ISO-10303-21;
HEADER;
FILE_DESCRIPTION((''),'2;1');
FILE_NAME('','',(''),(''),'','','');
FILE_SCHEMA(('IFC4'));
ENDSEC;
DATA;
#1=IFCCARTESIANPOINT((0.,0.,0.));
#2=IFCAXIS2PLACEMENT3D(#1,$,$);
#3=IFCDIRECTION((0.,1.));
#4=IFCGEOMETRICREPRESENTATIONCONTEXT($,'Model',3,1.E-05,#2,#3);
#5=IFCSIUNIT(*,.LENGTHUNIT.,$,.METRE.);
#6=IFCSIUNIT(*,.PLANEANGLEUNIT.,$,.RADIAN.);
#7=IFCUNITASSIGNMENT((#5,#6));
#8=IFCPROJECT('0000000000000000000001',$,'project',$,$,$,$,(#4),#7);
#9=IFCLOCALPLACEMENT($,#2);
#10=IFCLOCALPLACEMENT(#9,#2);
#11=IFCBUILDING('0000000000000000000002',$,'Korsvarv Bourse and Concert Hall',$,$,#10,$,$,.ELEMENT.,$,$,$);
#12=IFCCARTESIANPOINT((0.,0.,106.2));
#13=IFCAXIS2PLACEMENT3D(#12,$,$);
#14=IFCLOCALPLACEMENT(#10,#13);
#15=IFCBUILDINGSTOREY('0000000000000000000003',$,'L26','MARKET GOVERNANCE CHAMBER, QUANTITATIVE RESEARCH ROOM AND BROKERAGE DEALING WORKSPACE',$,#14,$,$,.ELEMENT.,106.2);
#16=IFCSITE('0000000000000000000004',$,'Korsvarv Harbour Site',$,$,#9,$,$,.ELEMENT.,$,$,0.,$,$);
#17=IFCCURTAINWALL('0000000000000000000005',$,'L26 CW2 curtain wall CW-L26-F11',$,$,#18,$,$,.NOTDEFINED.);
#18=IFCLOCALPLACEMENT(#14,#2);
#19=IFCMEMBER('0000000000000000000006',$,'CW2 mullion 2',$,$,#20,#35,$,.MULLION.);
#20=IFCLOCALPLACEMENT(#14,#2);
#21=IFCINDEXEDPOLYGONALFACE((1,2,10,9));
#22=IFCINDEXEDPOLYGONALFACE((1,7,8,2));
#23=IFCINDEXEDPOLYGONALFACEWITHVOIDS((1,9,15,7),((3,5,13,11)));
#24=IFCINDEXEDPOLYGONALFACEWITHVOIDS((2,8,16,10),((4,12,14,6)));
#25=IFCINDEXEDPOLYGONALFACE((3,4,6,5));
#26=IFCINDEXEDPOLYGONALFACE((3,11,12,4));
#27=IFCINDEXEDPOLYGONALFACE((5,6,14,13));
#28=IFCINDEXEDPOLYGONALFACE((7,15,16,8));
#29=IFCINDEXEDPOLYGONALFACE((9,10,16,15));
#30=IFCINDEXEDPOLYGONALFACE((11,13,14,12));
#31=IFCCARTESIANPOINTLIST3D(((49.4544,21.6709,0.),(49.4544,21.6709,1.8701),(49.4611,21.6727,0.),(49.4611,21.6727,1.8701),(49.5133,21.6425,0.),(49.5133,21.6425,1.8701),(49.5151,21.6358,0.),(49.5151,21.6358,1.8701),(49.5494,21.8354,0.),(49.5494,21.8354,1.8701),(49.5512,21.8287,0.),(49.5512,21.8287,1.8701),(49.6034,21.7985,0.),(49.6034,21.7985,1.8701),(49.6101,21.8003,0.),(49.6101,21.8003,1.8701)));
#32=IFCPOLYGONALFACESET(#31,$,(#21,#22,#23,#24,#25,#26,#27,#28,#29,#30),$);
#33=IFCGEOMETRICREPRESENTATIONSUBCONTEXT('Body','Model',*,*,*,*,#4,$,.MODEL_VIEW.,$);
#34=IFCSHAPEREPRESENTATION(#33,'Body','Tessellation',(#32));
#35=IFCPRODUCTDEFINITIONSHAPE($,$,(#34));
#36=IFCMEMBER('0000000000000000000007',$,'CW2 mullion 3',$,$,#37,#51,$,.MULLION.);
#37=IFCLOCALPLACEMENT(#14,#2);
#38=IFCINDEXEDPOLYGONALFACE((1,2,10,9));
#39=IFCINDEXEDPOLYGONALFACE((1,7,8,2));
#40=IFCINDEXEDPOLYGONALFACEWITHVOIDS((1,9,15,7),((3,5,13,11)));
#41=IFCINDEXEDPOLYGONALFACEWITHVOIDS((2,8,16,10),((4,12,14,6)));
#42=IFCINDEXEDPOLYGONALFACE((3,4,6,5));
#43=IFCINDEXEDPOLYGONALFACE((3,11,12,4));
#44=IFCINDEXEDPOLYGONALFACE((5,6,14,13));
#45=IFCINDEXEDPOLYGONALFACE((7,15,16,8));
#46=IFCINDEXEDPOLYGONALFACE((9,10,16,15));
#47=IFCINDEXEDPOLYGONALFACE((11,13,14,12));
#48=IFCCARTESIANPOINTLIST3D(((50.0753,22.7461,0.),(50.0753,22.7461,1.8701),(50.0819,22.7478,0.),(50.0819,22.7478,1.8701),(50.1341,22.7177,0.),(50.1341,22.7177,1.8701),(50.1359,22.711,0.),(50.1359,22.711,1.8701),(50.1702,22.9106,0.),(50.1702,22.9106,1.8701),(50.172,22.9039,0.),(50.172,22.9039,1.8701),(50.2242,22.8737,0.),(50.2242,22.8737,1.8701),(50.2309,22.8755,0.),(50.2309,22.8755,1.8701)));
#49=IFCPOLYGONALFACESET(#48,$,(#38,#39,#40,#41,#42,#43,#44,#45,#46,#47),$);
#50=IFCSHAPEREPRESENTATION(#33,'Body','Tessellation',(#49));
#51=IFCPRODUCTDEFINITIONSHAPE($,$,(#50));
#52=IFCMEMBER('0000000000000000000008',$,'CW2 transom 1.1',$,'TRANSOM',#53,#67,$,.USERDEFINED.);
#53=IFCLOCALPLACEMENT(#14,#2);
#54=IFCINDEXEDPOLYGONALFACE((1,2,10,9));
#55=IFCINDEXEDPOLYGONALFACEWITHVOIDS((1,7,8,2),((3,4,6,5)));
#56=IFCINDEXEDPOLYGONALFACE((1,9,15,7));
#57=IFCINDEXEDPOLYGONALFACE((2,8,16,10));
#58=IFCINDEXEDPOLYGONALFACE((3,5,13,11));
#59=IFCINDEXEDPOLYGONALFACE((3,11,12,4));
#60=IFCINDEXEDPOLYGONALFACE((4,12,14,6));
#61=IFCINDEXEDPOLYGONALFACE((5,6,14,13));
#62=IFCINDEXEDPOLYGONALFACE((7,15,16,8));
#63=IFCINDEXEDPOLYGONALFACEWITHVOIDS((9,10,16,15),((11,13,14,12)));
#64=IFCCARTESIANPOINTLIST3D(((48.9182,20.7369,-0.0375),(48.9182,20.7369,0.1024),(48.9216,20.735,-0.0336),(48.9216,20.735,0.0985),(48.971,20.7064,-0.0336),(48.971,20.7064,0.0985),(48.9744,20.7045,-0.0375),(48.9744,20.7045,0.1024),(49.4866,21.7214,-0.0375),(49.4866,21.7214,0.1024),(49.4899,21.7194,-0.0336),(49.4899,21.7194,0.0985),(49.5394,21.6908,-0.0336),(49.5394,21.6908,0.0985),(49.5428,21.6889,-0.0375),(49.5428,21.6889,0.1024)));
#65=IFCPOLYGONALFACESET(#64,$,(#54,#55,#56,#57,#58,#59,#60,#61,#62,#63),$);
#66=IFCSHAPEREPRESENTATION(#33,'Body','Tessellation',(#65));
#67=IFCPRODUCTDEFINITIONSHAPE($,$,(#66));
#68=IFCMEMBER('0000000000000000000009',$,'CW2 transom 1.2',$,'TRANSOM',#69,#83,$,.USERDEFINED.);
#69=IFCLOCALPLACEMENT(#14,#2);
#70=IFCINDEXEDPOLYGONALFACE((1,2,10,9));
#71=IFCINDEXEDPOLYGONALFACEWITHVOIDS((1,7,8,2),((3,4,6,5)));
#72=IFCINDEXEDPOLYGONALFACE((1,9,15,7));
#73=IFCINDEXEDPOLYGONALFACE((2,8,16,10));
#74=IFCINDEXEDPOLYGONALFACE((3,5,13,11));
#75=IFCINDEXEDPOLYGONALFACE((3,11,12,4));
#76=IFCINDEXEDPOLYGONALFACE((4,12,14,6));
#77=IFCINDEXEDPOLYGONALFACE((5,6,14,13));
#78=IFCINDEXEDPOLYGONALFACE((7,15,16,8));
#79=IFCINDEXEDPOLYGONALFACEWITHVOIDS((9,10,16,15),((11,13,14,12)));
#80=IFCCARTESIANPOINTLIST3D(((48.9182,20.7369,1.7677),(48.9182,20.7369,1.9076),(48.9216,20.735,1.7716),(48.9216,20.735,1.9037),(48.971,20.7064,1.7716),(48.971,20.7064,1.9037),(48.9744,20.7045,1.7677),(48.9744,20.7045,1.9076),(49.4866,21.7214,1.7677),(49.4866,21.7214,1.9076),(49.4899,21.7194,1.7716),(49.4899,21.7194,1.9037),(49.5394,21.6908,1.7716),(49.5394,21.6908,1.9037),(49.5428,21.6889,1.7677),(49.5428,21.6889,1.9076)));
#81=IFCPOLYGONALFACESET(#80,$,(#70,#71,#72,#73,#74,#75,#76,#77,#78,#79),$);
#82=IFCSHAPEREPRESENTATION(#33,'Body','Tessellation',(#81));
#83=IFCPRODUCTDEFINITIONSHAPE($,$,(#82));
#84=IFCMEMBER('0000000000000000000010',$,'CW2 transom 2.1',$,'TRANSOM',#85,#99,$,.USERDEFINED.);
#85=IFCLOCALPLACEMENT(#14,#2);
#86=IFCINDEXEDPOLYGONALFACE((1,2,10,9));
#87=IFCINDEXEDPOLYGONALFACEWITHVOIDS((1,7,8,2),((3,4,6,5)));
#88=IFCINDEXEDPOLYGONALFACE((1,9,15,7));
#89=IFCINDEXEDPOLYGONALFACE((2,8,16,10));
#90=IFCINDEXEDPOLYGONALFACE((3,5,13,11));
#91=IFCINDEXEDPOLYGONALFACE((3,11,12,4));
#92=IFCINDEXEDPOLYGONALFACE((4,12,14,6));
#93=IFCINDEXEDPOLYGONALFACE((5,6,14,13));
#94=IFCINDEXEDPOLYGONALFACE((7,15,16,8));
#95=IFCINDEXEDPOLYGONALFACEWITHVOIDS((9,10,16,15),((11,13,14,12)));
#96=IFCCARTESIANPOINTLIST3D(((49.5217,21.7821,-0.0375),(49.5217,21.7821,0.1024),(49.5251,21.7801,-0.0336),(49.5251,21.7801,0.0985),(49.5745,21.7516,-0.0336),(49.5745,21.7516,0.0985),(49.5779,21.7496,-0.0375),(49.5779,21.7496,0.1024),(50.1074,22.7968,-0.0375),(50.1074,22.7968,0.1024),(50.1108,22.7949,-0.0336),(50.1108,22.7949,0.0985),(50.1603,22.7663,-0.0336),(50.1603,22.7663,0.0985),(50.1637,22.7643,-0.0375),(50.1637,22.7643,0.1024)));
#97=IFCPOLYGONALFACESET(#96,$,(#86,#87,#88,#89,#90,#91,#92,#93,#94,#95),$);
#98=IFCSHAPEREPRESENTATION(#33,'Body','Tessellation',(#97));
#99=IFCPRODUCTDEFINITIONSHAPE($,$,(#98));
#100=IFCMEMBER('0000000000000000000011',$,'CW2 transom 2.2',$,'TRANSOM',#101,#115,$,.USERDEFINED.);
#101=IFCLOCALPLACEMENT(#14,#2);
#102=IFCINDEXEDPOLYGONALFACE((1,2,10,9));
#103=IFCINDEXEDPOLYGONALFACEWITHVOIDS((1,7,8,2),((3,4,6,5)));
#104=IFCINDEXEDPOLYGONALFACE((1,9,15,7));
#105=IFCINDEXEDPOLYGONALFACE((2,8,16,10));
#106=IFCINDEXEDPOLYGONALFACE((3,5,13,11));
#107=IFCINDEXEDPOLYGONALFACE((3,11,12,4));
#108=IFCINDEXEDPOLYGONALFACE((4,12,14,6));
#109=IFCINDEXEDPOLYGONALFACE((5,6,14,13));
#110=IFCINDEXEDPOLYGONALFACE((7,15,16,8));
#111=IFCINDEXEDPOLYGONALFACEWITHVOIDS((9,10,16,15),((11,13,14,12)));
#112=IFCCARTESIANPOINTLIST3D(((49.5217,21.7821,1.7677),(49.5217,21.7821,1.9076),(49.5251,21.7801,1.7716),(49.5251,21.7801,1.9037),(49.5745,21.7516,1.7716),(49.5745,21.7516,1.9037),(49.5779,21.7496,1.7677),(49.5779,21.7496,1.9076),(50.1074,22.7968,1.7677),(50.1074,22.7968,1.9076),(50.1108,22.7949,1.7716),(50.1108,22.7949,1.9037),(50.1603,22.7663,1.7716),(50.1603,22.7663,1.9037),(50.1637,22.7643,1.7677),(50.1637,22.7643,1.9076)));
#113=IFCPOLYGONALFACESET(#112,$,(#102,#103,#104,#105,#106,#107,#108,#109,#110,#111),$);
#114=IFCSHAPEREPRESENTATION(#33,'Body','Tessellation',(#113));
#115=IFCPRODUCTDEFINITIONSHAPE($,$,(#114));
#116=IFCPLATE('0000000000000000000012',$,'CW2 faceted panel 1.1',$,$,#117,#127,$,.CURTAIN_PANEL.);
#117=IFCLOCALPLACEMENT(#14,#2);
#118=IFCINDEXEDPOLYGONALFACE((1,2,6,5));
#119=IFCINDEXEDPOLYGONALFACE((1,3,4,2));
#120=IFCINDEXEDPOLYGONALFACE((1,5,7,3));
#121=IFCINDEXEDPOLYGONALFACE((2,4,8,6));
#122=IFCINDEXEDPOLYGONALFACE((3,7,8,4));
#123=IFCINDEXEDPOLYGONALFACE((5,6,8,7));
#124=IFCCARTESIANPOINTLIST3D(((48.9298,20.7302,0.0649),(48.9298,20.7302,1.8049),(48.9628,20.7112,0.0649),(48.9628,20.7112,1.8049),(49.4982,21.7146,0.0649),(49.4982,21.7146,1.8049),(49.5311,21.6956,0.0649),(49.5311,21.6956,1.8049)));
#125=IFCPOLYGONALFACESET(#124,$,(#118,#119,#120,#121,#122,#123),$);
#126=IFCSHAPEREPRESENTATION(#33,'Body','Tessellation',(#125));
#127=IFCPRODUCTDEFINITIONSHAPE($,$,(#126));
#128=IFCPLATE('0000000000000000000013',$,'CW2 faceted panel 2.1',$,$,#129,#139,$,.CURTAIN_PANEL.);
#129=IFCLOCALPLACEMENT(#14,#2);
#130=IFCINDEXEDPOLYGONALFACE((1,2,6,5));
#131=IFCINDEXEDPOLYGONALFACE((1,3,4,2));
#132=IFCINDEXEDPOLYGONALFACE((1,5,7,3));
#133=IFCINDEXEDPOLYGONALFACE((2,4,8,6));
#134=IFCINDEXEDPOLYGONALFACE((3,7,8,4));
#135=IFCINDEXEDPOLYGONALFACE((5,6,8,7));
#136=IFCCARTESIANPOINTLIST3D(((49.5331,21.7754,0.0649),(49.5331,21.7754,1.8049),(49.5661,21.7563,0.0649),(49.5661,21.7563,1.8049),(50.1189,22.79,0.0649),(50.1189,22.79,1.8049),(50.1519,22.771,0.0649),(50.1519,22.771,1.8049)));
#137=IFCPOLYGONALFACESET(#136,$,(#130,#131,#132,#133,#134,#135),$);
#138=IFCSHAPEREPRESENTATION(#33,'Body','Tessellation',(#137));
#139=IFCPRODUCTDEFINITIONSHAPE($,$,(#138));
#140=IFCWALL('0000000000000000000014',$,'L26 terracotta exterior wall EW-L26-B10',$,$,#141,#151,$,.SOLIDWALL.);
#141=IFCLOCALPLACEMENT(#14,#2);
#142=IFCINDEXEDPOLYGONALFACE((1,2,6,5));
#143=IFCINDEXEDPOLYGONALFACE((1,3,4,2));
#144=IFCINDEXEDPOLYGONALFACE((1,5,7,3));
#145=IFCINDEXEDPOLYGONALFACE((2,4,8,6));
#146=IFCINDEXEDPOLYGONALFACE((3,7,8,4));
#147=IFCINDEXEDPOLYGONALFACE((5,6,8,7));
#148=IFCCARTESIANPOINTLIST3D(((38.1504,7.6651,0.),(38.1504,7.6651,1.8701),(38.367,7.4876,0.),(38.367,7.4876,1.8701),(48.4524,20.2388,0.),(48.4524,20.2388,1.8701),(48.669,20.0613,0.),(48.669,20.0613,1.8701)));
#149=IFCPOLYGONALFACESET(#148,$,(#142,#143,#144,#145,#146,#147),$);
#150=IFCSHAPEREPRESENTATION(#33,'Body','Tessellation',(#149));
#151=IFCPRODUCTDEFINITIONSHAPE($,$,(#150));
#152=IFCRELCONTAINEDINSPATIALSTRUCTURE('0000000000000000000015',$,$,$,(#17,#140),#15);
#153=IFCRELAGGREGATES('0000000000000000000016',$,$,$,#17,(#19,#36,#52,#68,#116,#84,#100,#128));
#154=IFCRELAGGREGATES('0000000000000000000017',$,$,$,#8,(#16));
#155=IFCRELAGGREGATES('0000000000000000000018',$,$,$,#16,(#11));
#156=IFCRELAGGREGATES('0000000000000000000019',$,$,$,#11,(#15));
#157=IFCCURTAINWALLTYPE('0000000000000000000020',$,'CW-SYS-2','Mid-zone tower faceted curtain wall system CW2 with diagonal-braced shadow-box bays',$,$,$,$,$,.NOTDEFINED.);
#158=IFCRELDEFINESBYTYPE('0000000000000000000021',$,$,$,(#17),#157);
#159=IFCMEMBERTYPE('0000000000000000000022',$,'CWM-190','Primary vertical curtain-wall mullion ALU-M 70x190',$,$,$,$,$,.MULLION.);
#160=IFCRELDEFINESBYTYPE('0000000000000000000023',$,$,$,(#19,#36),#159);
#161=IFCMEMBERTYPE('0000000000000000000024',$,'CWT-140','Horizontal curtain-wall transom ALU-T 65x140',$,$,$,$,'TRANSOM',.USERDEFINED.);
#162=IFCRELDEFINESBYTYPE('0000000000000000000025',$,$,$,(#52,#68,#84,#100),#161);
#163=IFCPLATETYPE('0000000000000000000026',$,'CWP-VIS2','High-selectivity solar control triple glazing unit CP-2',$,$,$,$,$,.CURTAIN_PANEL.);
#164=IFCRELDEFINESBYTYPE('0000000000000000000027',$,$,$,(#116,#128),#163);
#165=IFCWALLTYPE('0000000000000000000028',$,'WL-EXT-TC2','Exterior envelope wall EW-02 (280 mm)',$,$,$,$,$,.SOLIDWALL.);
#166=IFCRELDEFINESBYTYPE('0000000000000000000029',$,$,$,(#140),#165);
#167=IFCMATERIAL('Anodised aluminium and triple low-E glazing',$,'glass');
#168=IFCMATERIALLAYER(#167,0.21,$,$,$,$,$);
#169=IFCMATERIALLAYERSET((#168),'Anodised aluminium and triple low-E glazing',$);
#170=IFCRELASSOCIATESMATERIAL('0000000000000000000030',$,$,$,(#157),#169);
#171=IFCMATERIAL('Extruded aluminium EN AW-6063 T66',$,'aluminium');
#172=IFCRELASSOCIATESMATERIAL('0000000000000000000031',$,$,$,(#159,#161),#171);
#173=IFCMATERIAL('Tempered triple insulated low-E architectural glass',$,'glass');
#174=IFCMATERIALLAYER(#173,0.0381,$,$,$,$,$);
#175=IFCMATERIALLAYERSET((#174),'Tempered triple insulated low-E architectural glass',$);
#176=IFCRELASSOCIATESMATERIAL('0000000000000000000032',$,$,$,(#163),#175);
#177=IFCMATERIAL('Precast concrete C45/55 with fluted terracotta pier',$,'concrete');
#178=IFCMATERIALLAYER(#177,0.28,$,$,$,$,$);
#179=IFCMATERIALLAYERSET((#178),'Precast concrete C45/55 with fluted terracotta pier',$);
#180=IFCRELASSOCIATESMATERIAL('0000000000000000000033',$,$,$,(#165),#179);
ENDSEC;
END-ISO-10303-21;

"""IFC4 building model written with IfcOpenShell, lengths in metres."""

from ifc_helpers import new_model, si_unit, direction, frame, frame_2d, origin, origin_2d, place, context, subcontext, project, spatial, rectangle, hollow_rectangle, extrude, source, transform, mapped, material, layer, layer_set, material_profile, profile_set, type_object, element, aggregate, save


model = new_model("IFC4")

# Units and contexts
model_context = context("Model", 3, precision=1e-05, world=origin(), true_north=direction((0.0, 1.0)))
body_context = subcontext(model_context, "Body", "Model", "MODEL_VIEW")
ifc_project = project(units=[si_unit("LENGTHUNIT", "METRE"), si_unit("PLANEANGLEUNIT", "RADIAN")], contexts=[model_context])

# Site, building, storey
site_placement = place(None, origin())
site = spatial("IfcSite", under=ifc_project, at=site_placement, Name="Korsvarv Harbour Site", CompositionType="ELEMENT", RefElevation=0.0)
building_placement = place(site_placement, origin())
building = spatial("IfcBuilding", under=site, at=building_placement, Name="Korsvarv Bourse and Concert Hall", CompositionType="ELEMENT")
storey_placement = place(building_placement, frame((0.0, 0.0, 106.2)))
storey = spatial("IfcBuildingStorey", under=building, at=storey_placement, Name="L26", Description="MARKET GOVERNANCE CHAMBER, QUANTITATIVE RESEARCH ROOM AND BROKERAGE DEALING WORKSPACE", CompositionType="ELEMENT", Elevation=106.2)

# Curtain wall, members, plates
ifc_material_1 = material(Name="Anodised aluminium and triple low-E glazing", Category="glass")
ifc_layer_1 = layer(ifc_material_1, 0.21)
ifc_layer_set_1 = layer_set([ifc_layer_1], Name="Anodised aluminium and triple low-E glazing")
curtain_wall_type = type_object("IfcCurtainWallType", Name="CW-SYS-2", Description="Mid-zone tower faceted curtain wall system CW2 with diagonal-braced shadow-box bays", PredefinedType="NOTDEFINED", material=ifc_layer_set_1)
curtain_wall_placement = place(storey_placement, origin())
curtain_wall = element("IfcCurtainWall", 1, at=curtain_wall_placement, inside=storey, type_object=curtain_wall_type, Name="L26 CW2 curtain wall CW-L26-F11", PredefinedType="NOTDEFINED")
ifc_material_2 = material(Name="Extruded aluminium EN AW-6063 T66", Category="aluminium")
ifc_material_profile_1 = material_profile(ifc_material_2, hollow_rectangle(XDim=0.0701, YDim=0.1899, WallThickness=0.0049, at=origin_2d()), Name="ALU-M 70x190")
ifc_profile_set_1 = profile_set([ifc_material_profile_1], Name="Extruded aluminium EN AW-6063 T66")
member_type_1 = type_object("IfcMemberType", Name="CWM-190", Description="Primary vertical curtain-wall mullion ALU-M 70x190", PredefinedType="MULLION", material=ifc_profile_set_1)
shared_shape_1 = source(origin(), body_context, "Body", "SweptSolid", [
    extrude(hollow_rectangle(XDim=0.0701, YDim=0.1899, WallThickness=0.0049, at=origin_2d()), origin(), (0.0, 0.0, 1.0), 1.8701),
])
member_1_placement = place(storey_placement, frame((49.5322, 21.7356, 0.0), z_axis=(0.0, 0.0, 1.0), x_axis=(-0.866024, 0.500002, 0.0)))
member_1 = element("IfcMember", 2, at=member_1_placement, type_object=member_type_1, Name="CW2 mullion 2", PredefinedType="MULLION", context=body_context, shape_type="MappedRepresentation", body=[
    mapped(shared_shape_1, transform((0.0, 0.0, 0.0), scale=1.0)),
])
member_2_placement = place(storey_placement, frame((50.1531, 22.8108, 0.0), z_axis=(0.0, 0.0, 1.0), x_axis=(-0.866024, 0.500002, 0.0)))
member_2 = element("IfcMember", 3, at=member_2_placement, type_object=member_type_1, Name="CW2 mullion 3", PredefinedType="MULLION", context=body_context, shape_type="MappedRepresentation", body=[
    mapped(shared_shape_1, transform((0.0, 0.0, 0.0), scale=1.0)),
])
ifc_material_profile_2 = material_profile(ifc_material_2, hollow_rectangle(XDim=0.0649, YDim=0.1399, WallThickness=0.0039, at=origin_2d()), Name="ALU-T 65x140")
ifc_profile_set_2 = profile_set([ifc_material_profile_2], Name="Extruded aluminium EN AW-6063 T66")
member_type_2 = type_object("IfcMemberType", Name="CWT-140", Description="Horizontal curtain-wall transom ALU-T 65x140", ElementType="TRANSOM", PredefinedType="USERDEFINED", material=ifc_profile_set_2)
shared_shape_2 = source(origin(), body_context, "Body", "SweptSolid", [
    extrude(hollow_rectangle(XDim=0.0649, YDim=0.1399, WallThickness=0.0039, at=origin_2d()), origin(), (0.0, 0.0, 1.0), 1.1367),
])
member_3_placement = place(storey_placement, frame((48.9463, 20.7207, 0.0325), z_axis=(0.50002, 0.866014, 0.0), x_axis=(-0.866014, 0.50002, 0.0)))
member_3 = element("IfcMember", 4, at=member_3_placement, type_object=member_type_2, Name="CW2 transom 1.1", ObjectType="TRANSOM", PredefinedType="USERDEFINED", context=body_context, shape_type="MappedRepresentation", body=[
    mapped(shared_shape_2, transform((0.0, 0.0, 0.0), scale=1.0)),
])
member_4_placement = place(storey_placement, frame((48.9463, 20.7207, 1.8376), z_axis=(0.50002, 0.866014, 0.0), x_axis=(-0.866014, 0.50002, 0.0)))
member_4 = element("IfcMember", 5, at=member_4_placement, type_object=member_type_2, Name="CW2 transom 1.2", ObjectType="TRANSOM", PredefinedType="USERDEFINED", context=body_context, shape_type="MappedRepresentation", body=[
    mapped(shared_shape_2, transform((0.0, 0.0, 0.0), scale=1.0)),
])
shared_shape_3 = source(origin(), body_context, "Body", "SweptSolid", [
    extrude(hollow_rectangle(XDim=0.0649, YDim=0.1399, WallThickness=0.0039, at=origin_2d()), origin(), (0.0, 0.0, 1.0), 1.1716),
])
member_5_placement = place(storey_placement, frame((49.5498, 21.7659, 0.0325), z_axis=(0.499927, 0.866068, 0.0), x_axis=(-0.866068, 0.499927, 0.0)))
member_5 = element("IfcMember", 6, at=member_5_placement, type_object=member_type_2, Name="CW2 transom 2.1", ObjectType="TRANSOM", PredefinedType="USERDEFINED", context=body_context, shape_type="MappedRepresentation", body=[
    mapped(shared_shape_3, transform((0.0, 0.0, 0.0), scale=1.0)),
])
member_6_placement = place(storey_placement, frame((49.5498, 21.7659, 1.8376), z_axis=(0.499927, 0.866068, 0.0), x_axis=(-0.866068, 0.499927, 0.0)))
member_6 = element("IfcMember", 7, at=member_6_placement, type_object=member_type_2, Name="CW2 transom 2.2", ObjectType="TRANSOM", PredefinedType="USERDEFINED", context=body_context, shape_type="MappedRepresentation", body=[
    mapped(shared_shape_3, transform((0.0, 0.0, 0.0), scale=1.0)),
])
ifc_material_3 = material(Name="Tempered triple insulated low-E architectural glass", Category="glass")
ifc_layer_2 = layer(ifc_material_3, 0.0381)
ifc_layer_set_2 = layer_set([ifc_layer_2], Name="Tempered triple insulated low-E architectural glass")
plate_type = type_object("IfcPlateType", Name="CWP-VIS2", Description="High-selectivity solar control triple glazing unit CP-2", PredefinedType="CURTAIN_PANEL", material=ifc_layer_set_2)
shared_shape_4 = source(origin(), body_context, "Body", "SweptSolid", [
    extrude(rectangle(XDim=1.1367, YDim=0.0381, at=origin_2d()), origin(), (0.0, 0.0, 1.0), 1.74),
])
plate_1_placement = place(storey_placement, frame((49.2305, 21.2129, 0.0649), z_axis=(0.0, 0.0, 1.0), x_axis=(0.500002, 0.866024, 0.0)))
plate_1 = element("IfcPlate", 8, at=plate_1_placement, type_object=plate_type, Name="CW2 faceted panel 1.1", PredefinedType="CURTAIN_PANEL", context=body_context, shape_type="MappedRepresentation", body=[
    mapped(shared_shape_4, transform((0.0, 0.0, 0.0), scale=1.0)),
])
shared_shape_5 = source(origin(), body_context, "Body", "SweptSolid", [
    extrude(rectangle(XDim=1.1716, YDim=0.0381, at=origin_2d()), origin(), (0.0, 0.0, 1.0), 1.74),
])
plate_2_placement = place(storey_placement, frame((49.8425, 22.2732, 0.0649), z_axis=(0.0, 0.0, 1.0), x_axis=(0.500002, 0.866024, 0.0)))
plate_2 = element("IfcPlate", 9, at=plate_2_placement, type_object=plate_type, Name="CW2 faceted panel 2.1", PredefinedType="CURTAIN_PANEL", context=body_context, shape_type="MappedRepresentation", body=[
    mapped(shared_shape_5, transform((0.0, 0.0, 0.0), scale=1.0)),
])
aggregate(curtain_wall, [member_1, member_2, member_3, member_4, plate_1, member_5, member_6, plate_2])

# Wall
ifc_material_4 = material(Name="Precast concrete C45/55 with fluted terracotta pier", Category="concrete")
ifc_layer_3 = layer(ifc_material_4, 0.28)
ifc_layer_set_3 = layer_set([ifc_layer_3], Name="Precast concrete C45/55 with fluted terracotta pier")
wall_type_1 = type_object("IfcWallType", Name="WL-EXT-TC2", Description="Exterior envelope wall EW-02 (280 mm)", PredefinedType="SOLIDWALL", material=ifc_layer_set_3)
wall_1_placement = place(storey_placement, frame((38.2588, 7.5764, 0.0), z_axis=(0.0, 0.0, 1.0), x_axis=(0.633768, 0.773523, 0.0)))
element("IfcWall", 10, at=wall_1_placement, inside=storey, type_object=wall_type_1, Name="L26 terracotta exterior wall EW-L26-B10", PredefinedType="SOLIDWALL", context=body_context, shape_type="SweptSolid", body=[
    extrude(rectangle(XDim=16.2551, YDim=0.28, at=frame_2d((8.1274, 0.0))), origin(), (0.0, 0.0, 1.0), 1.8701),
])

save(model, "model.ifc")
